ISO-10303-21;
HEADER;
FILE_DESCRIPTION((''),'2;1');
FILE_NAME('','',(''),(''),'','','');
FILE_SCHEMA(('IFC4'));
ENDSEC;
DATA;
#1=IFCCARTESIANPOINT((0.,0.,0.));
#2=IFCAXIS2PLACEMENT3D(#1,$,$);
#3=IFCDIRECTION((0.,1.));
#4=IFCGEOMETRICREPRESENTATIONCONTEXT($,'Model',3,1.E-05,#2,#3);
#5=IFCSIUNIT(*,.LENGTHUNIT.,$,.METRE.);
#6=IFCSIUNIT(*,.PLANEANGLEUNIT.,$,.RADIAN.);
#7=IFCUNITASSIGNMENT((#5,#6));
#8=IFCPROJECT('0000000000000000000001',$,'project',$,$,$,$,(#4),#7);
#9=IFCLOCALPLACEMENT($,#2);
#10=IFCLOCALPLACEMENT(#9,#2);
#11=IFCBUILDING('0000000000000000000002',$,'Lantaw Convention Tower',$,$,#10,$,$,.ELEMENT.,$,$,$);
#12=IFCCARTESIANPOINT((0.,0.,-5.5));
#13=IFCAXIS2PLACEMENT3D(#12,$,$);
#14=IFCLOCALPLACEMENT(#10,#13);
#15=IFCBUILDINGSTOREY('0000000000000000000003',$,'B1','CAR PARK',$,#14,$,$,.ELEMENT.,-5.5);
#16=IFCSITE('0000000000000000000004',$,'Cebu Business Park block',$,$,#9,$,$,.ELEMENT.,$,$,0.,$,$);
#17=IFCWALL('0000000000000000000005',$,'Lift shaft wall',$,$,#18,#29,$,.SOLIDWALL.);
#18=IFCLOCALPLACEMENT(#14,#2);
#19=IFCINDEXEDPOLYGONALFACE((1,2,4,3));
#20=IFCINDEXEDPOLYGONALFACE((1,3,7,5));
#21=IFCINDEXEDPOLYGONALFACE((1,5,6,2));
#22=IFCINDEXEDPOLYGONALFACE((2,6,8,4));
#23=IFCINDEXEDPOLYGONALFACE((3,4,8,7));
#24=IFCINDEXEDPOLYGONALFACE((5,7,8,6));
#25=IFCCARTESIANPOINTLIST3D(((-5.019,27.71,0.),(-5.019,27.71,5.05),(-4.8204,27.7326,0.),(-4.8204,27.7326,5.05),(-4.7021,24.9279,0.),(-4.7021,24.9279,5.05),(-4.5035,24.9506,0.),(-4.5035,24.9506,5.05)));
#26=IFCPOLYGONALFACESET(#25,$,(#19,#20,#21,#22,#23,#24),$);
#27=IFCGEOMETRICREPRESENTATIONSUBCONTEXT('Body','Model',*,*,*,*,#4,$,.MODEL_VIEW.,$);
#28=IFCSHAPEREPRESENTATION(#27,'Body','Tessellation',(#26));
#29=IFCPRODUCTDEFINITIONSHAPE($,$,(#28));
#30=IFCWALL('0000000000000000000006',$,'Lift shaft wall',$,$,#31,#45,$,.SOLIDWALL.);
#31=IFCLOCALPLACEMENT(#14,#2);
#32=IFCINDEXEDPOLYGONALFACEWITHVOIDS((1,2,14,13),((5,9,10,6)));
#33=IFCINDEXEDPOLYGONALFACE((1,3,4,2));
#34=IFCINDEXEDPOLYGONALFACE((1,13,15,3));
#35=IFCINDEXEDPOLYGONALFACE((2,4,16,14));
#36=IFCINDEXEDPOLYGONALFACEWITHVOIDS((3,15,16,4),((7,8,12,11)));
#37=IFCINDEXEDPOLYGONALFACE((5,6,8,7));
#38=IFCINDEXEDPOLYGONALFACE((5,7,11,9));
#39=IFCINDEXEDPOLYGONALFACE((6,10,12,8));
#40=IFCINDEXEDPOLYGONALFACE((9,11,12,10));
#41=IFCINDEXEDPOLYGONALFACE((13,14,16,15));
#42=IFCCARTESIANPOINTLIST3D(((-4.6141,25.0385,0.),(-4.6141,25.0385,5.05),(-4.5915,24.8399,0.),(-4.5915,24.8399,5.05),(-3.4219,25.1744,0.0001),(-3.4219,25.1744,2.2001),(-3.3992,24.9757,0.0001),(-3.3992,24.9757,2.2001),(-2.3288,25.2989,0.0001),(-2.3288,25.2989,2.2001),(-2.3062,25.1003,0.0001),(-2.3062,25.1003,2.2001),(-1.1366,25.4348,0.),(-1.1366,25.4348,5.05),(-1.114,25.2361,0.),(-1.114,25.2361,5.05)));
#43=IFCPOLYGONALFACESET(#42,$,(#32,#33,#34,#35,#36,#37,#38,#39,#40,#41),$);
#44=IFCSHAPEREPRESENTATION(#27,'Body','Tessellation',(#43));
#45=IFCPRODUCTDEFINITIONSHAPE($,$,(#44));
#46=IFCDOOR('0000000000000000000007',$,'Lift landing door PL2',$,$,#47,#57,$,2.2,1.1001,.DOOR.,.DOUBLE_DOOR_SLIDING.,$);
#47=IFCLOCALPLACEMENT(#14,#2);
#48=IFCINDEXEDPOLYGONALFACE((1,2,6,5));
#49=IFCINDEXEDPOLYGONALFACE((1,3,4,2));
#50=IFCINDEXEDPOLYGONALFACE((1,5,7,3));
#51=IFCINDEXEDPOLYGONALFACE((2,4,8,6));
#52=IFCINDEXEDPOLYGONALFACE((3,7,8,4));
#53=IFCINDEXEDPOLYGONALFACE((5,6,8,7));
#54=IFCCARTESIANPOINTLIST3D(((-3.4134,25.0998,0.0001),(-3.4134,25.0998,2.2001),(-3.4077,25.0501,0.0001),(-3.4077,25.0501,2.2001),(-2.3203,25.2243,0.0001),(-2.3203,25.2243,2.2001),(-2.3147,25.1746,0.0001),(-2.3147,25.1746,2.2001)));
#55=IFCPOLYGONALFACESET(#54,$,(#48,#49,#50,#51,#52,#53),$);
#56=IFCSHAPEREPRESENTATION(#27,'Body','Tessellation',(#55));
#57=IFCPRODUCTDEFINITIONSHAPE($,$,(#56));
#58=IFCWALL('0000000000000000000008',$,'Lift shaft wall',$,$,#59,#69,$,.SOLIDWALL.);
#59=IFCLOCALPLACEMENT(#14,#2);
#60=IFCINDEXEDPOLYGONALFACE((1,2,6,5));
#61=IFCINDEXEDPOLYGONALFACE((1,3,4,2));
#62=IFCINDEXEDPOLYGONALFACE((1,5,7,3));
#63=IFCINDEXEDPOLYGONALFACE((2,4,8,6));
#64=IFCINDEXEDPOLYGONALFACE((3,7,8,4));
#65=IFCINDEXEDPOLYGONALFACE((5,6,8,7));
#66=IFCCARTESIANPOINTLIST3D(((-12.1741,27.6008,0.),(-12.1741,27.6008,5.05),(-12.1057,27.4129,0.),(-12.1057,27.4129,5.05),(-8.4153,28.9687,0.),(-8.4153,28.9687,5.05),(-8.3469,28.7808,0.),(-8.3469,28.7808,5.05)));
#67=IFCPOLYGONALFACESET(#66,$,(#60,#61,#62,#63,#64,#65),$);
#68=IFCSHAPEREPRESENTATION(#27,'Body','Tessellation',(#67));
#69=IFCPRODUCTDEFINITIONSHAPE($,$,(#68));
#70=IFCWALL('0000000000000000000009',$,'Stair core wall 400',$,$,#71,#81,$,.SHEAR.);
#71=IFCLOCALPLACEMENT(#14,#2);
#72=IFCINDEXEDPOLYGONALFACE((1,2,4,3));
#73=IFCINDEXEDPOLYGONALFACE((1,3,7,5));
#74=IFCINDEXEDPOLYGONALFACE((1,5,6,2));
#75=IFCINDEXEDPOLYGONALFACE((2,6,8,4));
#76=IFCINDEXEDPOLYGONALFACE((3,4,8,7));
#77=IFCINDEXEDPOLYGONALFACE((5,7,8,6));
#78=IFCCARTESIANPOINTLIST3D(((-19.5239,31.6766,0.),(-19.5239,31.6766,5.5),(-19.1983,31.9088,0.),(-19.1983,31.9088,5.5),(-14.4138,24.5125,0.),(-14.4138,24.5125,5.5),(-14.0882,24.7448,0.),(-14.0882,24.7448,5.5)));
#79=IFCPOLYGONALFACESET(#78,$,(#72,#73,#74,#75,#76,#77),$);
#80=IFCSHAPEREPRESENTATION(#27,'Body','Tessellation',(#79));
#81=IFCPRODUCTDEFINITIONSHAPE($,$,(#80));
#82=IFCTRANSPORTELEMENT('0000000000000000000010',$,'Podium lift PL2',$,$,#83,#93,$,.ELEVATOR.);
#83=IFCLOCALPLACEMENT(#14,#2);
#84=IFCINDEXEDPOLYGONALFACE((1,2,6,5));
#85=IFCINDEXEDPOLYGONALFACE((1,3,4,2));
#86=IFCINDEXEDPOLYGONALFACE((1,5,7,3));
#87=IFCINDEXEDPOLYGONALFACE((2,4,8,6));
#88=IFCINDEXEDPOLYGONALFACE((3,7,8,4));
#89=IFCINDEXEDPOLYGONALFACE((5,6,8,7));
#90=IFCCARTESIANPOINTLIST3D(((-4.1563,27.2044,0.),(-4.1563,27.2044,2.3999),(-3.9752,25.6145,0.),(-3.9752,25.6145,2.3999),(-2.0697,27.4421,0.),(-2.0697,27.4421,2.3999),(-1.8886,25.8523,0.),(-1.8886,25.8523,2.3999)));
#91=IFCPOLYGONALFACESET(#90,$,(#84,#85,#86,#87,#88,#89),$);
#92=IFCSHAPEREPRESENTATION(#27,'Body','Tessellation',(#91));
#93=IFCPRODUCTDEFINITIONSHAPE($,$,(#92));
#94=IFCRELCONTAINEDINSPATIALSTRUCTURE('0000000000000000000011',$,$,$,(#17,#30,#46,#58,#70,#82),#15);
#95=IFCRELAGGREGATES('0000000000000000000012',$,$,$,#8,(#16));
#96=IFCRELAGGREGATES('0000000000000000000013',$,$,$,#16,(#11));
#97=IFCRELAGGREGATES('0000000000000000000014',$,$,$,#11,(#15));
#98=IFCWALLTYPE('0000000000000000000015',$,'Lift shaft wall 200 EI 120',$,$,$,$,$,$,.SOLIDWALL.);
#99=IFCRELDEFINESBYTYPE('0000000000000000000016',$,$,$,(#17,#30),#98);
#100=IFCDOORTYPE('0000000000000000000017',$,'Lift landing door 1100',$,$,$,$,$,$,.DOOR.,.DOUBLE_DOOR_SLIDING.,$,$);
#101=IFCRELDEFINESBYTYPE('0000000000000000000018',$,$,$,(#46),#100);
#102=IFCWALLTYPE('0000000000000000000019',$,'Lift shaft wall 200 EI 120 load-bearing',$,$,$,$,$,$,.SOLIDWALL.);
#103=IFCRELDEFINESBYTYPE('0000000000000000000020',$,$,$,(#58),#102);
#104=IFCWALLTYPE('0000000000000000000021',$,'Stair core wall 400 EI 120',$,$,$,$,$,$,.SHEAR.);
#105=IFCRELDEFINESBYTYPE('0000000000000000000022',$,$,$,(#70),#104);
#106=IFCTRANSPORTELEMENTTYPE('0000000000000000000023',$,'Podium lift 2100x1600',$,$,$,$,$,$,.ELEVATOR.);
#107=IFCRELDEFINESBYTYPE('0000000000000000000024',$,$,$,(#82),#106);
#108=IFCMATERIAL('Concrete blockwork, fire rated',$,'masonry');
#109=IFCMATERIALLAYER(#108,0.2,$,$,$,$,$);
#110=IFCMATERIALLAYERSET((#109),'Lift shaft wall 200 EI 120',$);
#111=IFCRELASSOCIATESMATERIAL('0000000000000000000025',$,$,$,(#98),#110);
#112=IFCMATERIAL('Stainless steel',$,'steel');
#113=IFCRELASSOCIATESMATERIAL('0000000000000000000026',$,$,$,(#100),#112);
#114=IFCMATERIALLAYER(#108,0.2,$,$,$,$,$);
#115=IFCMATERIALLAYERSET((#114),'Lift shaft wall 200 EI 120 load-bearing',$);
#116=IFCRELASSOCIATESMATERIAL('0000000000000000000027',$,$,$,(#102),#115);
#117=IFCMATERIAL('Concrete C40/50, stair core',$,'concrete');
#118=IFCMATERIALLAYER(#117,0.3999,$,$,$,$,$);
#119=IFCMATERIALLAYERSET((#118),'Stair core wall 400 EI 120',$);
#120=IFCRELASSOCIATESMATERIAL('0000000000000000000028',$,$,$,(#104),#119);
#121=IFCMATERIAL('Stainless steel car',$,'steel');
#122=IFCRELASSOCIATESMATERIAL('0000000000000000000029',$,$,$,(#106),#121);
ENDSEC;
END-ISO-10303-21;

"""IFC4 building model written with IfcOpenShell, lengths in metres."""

from ifc_helpers import new_model, si_unit, direction, frame, frame_2d, origin, origin_2d, place, context, subcontext, project, spatial, rectangle, extrude, material, layer, layer_set, type_object, element, fill, save


model = new_model("IFC4")

# Units and contexts
model_context = context("Model", 3, precision=1e-05, world=origin(), true_north=direction((0.0, 1.0)))
body_context = subcontext(model_context, "Body", "Model", "MODEL_VIEW")
ifc_project = project(units=[si_unit("LENGTHUNIT", "METRE"), si_unit("PLANEANGLEUNIT", "RADIAN")], contexts=[model_context])

# Site, building, storey
site_placement = place(None, origin())
site = spatial("IfcSite", under=ifc_project, at=site_placement, Name="Cebu Business Park block", CompositionType="ELEMENT", RefElevation=0.0)
building_placement = place(site_placement, origin())
building = spatial("IfcBuilding", under=site, at=building_placement, Name="Lantaw Convention Tower", CompositionType="ELEMENT")
storey_placement = place(building_placement, frame((0.0, 0.0, -5.5)))
storey = spatial("IfcBuildingStorey", under=building, at=storey_placement, Name="B1", Description="CAR PARK", CompositionType="ELEMENT", Elevation=-5.5)

# Wall
ifc_material_1 = material(Name="Concrete blockwork, fire rated", Category="masonry")
ifc_layer_1 = layer(ifc_material_1, 0.2)
ifc_layer_set_1 = layer_set([ifc_layer_1], Name="Lift shaft wall 200 EI 120")
wall_type_1 = type_object("IfcWallType", Name="Lift shaft wall 200 EI 120", PredefinedType="SOLIDWALL", material=ifc_layer_set_1)
wall_1_placement = place(storey_placement, frame((-4.9197, 27.7212, 0.0), z_axis=(0.0, 0.0, 1.0), x_axis=(0.113178, -0.993575, 0.0)))
element("IfcWall", 1, at=wall_1_placement, inside=storey, type_object=wall_type_1, Name="Lift shaft wall", PredefinedType="SOLIDWALL", context=body_context, shape_type="SweptSolid", body=[
    extrude(rectangle(XDim=2.8, YDim=0.2, at=frame_2d((1.3999, 0.0))), origin(), (0.0, 0.0, 1.0), 5.05),
])

# Wall, opening, door
wall_2_placement = place(storey_placement, frame((-4.6028, 24.9392, 0.0), z_axis=(0.0, 0.0, 1.0), x_axis=(0.993571, 0.11321, 0.0)))
wall_2 = element("IfcWall", 2, at=wall_2_placement, inside=storey, type_object=wall_type_1, Name="Lift shaft wall", PredefinedType="SOLIDWALL", context=body_context, shape_type="SweptSolid", body=[
    extrude(rectangle(XDim=3.5, YDim=0.2, at=frame_2d((1.75, 0.0))), origin(), (0.0, 0.0, 1.0), 5.05),
])
opening_placement = place(wall_2_placement, frame((1.2, 0.0, 0.0)))
opening = element("IfcOpeningElement", 3, at=opening_placement, cuts=wall_2, PredefinedType="OPENING", context=body_context, shape_type="SweptSolid", body=[
    extrude(rectangle(XDim=1.1001, YDim=2.2, at=frame_2d((0.55, 1.1001))), frame((0.0, 0.1099, 0.0), z_axis=(0.0, -1.0, 0.0), x_axis=(1.0, 0.0, 0.0)), (0.0, 0.0, 1.0), 0.22),
])
ifc_material_2 = material(Name="Stainless steel", Category="steel")
door_type = type_object("IfcDoorType", Name="Lift landing door 1100", OperationType="DOUBLE_DOOR_SLIDING", PredefinedType="DOOR", material=ifc_material_2)
door_placement = place(opening_placement, origin())
door = element("IfcDoor", 4, at=door_placement, inside=storey, type_object=door_type, Name="Lift landing door PL2", OperationType="DOUBLE_DOOR_SLIDING", OverallHeight=2.2, OverallWidth=1.1001, PredefinedType="DOOR", context=body_context, shape_type="SweptSolid", body=[
    extrude(rectangle(XDim=1.1001, YDim=2.2, at=frame_2d((0.55, 1.1001))), frame((0.0, 0.0249, 0.0), z_axis=(0.0, -1.0, 0.0), x_axis=(1.0, 0.0, 0.0)), (0.0, 0.0, 1.0), 0.05),
])
fill(opening, door)

# Walls
ifc_layer_2 = layer(ifc_material_1, 0.2)
ifc_layer_set_2 = layer_set([ifc_layer_2], Name="Lift shaft wall 200 EI 120 load-bearing")
wall_type_2 = type_object("IfcWallType", Name="Lift shaft wall 200 EI 120 load-bearing", PredefinedType="SOLIDWALL", material=ifc_layer_set_2)
wall_3_placement = place(storey_placement, frame((-12.1399, 27.5068, 0.0), z_axis=(0.0, 0.0, 1.0), x_axis=(0.939706, 0.341983, 0.0)))
element("IfcWall", 5, at=wall_3_placement, inside=storey, type_object=wall_type_2, Name="Lift shaft wall", PredefinedType="SOLIDWALL", context=body_context, shape_type="SweptSolid", body=[
    extrude(rectangle(XDim=4.0, YDim=0.2, at=frame_2d((2.0, 0.0))), origin(), (0.0, 0.0, 1.0), 5.05),
])
ifc_material_3 = material(Name="Concrete C40/50, stair core", Category="concrete")
ifc_layer_3 = layer(ifc_material_3, 0.3999)
ifc_layer_set_3 = layer_set([ifc_layer_3], Name="Stair core wall 400 EI 120")
wall_type_3 = type_object("IfcWallType", Name="Stair core wall 400 EI 120", PredefinedType="SHEAR", material=ifc_layer_set_3)
wall_4_placement = place(storey_placement, frame((-14.251, 24.6287, 0.0), z_axis=(0.0, 0.0, 1.0), x_axis=(-0.580705, 0.814114, 0.0)))
element("IfcWall", 6, at=wall_4_placement, inside=storey, type_object=wall_type_3, Name="Stair core wall 400", PredefinedType="SHEAR", context=body_context, shape_type="SweptSolid", body=[
    extrude(rectangle(XDim=8.7998, YDim=0.3999, at=frame_2d((4.3999, 0.0))), origin(), (0.0, 0.0, 1.0), 5.5),
])

# Transport element
ifc_material_4 = material(Name="Stainless steel car", Category="steel")
transport_element_type = type_object("IfcTransportElementType", Name="Podium lift 2100x1600", PredefinedType="ELEVATOR", material=ifc_material_4)
transport_element_placement = place(storey_placement, frame((-3.0225, 26.5283, 0.0), z_axis=(0.0, 0.0, 1.0), x_axis=(-0.113203, 0.993572, 0.0)))
element("IfcTransportElement", 7, at=transport_element_placement, inside=storey, type_object=transport_element_type, Name="Podium lift PL2", PredefinedType="ELEVATOR", context=body_context, shape_type="SweptSolid", body=[
    extrude(rectangle(XDim=1.6001, YDim=2.1001, at=origin_2d()), origin(), (0.0, 0.0, 1.0), 2.3999),
])

save(model, "model.ifc")
